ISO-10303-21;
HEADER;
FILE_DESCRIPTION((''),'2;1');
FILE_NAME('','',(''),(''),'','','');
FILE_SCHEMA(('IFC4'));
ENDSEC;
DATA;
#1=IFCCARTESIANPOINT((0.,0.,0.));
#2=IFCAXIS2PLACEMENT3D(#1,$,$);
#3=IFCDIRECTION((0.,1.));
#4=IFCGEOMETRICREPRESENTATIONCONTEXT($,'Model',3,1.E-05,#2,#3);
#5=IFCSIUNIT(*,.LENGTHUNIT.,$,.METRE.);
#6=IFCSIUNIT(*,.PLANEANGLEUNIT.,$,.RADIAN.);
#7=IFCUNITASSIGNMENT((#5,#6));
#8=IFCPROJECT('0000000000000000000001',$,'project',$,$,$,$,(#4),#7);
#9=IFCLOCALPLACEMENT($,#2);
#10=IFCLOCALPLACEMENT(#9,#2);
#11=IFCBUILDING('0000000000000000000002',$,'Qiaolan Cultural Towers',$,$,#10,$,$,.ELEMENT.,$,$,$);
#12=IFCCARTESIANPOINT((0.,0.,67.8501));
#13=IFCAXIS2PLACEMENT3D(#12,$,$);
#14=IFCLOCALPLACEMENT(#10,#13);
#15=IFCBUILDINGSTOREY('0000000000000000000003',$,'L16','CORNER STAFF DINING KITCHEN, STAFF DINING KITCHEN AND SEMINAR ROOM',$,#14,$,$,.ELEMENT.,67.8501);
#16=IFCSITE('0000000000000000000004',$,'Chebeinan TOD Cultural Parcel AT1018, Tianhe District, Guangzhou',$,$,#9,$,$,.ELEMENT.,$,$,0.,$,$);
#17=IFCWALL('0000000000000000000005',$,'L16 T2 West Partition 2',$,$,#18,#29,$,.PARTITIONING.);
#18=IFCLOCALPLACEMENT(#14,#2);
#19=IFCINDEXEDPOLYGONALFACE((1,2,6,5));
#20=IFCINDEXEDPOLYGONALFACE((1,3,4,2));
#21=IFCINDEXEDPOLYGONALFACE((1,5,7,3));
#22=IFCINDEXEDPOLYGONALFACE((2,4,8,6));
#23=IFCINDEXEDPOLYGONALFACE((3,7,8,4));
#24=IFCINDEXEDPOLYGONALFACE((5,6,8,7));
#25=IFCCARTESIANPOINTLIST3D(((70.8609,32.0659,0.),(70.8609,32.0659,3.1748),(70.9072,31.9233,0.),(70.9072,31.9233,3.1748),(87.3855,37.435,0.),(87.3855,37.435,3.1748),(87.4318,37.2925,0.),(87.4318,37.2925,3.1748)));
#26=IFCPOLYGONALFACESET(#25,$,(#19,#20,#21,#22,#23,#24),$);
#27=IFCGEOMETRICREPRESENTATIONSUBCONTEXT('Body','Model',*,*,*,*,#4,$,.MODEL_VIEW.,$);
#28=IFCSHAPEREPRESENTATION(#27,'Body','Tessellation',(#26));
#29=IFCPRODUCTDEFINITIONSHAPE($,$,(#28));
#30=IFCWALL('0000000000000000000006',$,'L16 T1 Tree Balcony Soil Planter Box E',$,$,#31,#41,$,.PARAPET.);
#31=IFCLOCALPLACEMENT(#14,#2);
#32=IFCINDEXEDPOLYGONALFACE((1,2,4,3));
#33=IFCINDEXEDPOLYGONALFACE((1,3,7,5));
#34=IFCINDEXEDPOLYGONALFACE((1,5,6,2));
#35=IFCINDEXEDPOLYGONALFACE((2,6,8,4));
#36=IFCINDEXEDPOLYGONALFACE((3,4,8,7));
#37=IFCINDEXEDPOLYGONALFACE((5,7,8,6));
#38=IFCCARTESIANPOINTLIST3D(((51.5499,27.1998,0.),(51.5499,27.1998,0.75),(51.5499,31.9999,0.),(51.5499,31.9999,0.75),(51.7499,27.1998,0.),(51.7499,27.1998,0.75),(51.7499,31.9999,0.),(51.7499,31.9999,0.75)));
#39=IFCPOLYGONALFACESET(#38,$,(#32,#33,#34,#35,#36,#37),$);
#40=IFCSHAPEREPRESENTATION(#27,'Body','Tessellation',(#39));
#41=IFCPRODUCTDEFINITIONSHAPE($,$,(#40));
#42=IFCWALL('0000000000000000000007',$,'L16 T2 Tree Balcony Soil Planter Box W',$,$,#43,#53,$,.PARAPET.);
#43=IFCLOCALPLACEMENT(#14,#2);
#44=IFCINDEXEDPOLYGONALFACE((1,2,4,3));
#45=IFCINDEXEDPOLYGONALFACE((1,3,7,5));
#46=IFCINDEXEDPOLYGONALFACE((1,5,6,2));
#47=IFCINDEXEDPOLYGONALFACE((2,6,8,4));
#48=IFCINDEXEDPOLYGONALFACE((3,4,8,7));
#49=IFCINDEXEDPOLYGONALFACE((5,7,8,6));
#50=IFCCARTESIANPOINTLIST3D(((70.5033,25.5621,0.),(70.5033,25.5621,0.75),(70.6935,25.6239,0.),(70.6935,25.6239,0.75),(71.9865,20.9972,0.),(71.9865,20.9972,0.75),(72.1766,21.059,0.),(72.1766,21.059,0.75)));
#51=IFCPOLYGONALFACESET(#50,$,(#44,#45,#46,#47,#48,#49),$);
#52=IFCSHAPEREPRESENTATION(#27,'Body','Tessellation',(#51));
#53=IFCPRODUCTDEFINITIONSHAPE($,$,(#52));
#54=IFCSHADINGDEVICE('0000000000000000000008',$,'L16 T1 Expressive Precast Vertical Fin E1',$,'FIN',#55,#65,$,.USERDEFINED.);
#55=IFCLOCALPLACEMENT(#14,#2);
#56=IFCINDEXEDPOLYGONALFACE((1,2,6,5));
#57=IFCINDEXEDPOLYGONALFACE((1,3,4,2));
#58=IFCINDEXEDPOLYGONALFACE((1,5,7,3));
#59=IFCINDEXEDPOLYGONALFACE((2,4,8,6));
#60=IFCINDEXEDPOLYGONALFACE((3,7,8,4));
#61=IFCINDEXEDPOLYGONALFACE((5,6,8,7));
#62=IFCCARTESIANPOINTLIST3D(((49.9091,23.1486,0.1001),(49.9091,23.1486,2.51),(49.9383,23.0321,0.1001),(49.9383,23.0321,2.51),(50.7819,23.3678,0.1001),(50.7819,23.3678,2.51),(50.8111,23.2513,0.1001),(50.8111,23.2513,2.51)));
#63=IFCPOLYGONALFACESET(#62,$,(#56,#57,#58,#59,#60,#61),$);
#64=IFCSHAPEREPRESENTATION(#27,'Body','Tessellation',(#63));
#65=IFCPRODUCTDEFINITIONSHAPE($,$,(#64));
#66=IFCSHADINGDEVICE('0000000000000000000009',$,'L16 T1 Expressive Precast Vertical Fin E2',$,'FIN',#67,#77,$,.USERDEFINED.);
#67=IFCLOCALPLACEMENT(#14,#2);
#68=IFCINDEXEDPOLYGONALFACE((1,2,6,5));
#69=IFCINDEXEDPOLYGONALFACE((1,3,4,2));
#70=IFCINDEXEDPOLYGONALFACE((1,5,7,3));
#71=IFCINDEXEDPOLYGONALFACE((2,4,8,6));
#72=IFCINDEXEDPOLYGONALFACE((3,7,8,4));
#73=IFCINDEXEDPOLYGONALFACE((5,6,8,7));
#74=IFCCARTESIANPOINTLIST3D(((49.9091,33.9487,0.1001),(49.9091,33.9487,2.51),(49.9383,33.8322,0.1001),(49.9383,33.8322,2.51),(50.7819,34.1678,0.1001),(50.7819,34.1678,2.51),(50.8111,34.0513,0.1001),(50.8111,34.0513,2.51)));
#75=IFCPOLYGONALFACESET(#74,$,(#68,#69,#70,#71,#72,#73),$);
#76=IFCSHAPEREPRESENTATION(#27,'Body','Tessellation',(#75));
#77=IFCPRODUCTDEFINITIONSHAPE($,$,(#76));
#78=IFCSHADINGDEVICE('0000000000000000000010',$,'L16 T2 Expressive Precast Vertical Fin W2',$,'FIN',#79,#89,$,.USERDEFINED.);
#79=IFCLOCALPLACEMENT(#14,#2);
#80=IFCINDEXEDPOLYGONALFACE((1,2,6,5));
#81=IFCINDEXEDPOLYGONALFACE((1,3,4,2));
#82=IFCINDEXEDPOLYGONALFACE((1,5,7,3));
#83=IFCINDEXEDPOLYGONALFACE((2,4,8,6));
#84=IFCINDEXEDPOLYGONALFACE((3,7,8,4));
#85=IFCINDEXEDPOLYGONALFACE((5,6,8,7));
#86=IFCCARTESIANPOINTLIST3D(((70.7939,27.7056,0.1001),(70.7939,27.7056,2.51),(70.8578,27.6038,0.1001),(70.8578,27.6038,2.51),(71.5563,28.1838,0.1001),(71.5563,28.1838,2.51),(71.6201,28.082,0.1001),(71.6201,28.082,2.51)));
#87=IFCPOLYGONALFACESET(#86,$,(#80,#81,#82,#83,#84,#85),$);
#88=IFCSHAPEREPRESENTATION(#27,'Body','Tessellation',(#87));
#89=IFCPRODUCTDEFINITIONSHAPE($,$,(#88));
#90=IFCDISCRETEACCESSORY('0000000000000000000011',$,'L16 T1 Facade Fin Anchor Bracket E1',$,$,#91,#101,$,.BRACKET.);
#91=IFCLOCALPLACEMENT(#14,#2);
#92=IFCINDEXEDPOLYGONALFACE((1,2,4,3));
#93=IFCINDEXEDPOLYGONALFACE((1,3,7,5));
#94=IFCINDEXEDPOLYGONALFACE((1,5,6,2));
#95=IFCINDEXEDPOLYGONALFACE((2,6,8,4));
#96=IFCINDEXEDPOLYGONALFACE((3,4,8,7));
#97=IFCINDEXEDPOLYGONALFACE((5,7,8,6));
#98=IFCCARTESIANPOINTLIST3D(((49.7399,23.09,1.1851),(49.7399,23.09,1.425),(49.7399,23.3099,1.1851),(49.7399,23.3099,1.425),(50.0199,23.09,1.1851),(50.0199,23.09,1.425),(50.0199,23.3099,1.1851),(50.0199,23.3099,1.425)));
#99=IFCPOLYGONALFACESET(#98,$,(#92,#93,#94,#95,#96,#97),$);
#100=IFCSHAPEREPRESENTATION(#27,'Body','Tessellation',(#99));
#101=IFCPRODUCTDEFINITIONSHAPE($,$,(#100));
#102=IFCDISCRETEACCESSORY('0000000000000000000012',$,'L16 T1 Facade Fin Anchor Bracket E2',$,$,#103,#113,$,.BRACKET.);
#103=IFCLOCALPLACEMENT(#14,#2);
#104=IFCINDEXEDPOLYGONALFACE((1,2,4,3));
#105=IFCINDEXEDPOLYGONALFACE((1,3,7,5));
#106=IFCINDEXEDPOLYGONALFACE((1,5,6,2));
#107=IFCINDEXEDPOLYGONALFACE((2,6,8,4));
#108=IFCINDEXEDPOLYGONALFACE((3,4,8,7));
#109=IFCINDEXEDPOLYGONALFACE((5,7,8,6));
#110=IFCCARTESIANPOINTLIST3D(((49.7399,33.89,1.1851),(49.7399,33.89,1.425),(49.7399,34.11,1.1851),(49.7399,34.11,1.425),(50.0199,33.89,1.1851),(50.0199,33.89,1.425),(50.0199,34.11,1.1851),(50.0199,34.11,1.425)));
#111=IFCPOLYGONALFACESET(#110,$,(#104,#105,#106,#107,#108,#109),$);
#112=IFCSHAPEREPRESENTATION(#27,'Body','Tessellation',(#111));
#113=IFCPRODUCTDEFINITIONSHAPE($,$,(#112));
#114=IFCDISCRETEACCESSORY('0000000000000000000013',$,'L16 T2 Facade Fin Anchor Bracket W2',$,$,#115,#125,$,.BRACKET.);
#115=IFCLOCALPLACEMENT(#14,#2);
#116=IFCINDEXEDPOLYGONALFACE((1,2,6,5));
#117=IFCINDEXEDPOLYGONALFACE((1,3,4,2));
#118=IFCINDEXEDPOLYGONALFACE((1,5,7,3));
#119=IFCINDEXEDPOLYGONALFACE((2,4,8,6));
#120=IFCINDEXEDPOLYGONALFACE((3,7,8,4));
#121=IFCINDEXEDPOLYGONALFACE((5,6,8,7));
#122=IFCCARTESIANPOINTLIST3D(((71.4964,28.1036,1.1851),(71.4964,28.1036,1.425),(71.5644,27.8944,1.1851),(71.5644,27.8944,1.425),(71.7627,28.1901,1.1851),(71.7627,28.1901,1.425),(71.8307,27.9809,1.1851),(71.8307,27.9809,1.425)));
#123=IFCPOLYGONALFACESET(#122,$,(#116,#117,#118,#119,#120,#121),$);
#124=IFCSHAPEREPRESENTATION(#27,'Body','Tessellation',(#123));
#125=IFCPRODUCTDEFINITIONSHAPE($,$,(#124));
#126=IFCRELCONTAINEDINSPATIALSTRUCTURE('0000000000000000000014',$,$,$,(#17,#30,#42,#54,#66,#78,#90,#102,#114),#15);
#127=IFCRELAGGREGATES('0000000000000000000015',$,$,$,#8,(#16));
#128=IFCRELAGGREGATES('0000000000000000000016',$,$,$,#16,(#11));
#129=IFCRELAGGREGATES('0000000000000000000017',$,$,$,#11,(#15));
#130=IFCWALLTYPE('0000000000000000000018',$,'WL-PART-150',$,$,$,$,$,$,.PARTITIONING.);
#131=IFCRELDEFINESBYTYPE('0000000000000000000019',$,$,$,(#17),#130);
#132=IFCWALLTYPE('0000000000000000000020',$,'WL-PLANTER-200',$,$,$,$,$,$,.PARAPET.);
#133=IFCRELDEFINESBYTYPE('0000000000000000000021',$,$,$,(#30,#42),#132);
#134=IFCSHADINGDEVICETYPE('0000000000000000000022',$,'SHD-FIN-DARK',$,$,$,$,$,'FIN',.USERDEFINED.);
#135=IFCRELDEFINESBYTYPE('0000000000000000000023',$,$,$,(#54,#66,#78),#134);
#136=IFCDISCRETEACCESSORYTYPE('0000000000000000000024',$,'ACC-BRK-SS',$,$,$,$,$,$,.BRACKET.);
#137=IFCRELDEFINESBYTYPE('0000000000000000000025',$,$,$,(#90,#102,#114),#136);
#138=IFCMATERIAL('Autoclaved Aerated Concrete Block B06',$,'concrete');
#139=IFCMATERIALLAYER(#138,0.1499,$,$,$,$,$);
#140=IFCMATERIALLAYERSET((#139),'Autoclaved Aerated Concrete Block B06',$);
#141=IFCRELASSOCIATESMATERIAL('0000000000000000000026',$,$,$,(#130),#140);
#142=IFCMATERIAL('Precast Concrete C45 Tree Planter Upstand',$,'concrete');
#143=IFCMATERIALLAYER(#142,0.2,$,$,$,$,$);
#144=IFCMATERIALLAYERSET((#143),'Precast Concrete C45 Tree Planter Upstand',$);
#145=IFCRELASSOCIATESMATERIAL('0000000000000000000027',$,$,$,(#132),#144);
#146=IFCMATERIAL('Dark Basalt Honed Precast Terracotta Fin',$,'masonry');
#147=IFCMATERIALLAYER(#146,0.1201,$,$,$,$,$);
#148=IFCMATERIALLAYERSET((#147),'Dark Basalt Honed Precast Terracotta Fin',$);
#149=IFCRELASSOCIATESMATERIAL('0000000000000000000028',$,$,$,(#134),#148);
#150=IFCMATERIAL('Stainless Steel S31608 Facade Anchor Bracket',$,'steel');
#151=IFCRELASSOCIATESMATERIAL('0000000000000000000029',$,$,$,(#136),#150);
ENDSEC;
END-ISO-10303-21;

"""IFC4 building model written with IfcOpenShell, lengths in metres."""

from ifc_helpers import new_model, si_unit, direction, frame, frame_2d, origin, origin_2d, place, context, subcontext, project, spatial, rectangle, extrude, material, layer, layer_set, type_object, element, save


model = new_model("IFC4")

# Units and contexts
model_context = context("Model", 3, precision=1e-05, world=origin(), true_north=direction((0.0, 1.0)))
body_context = subcontext(model_context, "Body", "Model", "MODEL_VIEW")
ifc_project = project(units=[si_unit("LENGTHUNIT", "METRE"), si_unit("PLANEANGLEUNIT", "RADIAN")], contexts=[model_context])

# Site, building, storey
site_placement = place(None, origin())
site = spatial("IfcSite", under=ifc_project, at=site_placement, Name="Chebeinan TOD Cultural Parcel AT1018, Tianhe District, Guangzhou", CompositionType="ELEMENT", RefElevation=0.0)
building_placement = place(site_placement, origin())
building = spatial("IfcBuilding", under=site, at=building_placement, Name="Qiaolan Cultural Towers", CompositionType="ELEMENT")
storey_placement = place(building_placement, frame((0.0, 0.0, 67.8501)))
storey = spatial("IfcBuildingStorey", under=building, at=storey_placement, Name="L16", Description="CORNER STAFF DINING KITCHEN, STAFF DINING KITCHEN AND SEMINAR ROOM", CompositionType="ELEMENT", Elevation=67.8501)

# Walls
ifc_material_1 = material(Name="Autoclaved Aerated Concrete Block B06", Category="concrete")
ifc_layer_1 = layer(ifc_material_1, 0.1499)
ifc_layer_set_1 = layer_set([ifc_layer_1], Name="Autoclaved Aerated Concrete Block B06")
wall_type_1 = type_object("IfcWallType", Name="WL-PART-150", PredefinedType="PARTITIONING", material=ifc_layer_set_1)
for number, where, z_axis, x_axis, name in (
    (1, (70.884, 31.9946, 0.0), (0.0, 0.0, 1.0), (0.951057, 0.309015, 0.0), "L16 T2 West Partition 2"),
):
    element("IfcWall", number, at=place(storey_placement, frame(where, z_axis=z_axis, x_axis=x_axis)), inside=storey, type_object=wall_type_1, Name=name, PredefinedType="PARTITIONING", context=body_context, shape_type="SweptSolid", body=[
        extrude(rectangle(XDim=17.375, YDim=0.1499, at=frame_2d((8.6875, 0.0))), origin(), (0.0, 0.0, 1.0), 3.1748),
    ])
ifc_material_2 = material(Name="Precast Concrete C45 Tree Planter Upstand", Category="concrete")
ifc_layer_2 = layer(ifc_material_2, 0.2)
ifc_layer_set_2 = layer_set([ifc_layer_2], Name="Precast Concrete C45 Tree Planter Upstand")
wall_type_2 = type_object("IfcWallType", Name="WL-PLANTER-200", PredefinedType="PARAPET", material=ifc_layer_set_2)
wall_1_placement = place(storey_placement, frame((51.6499, 27.2, 0.0), z_axis=(0.0, 0.0, 1.0), x_axis=(0.0, 1.0, 0.0)))
element("IfcWall", 2, at=wall_1_placement, inside=storey, type_object=wall_type_2, Name="L16 T1 Tree Balcony Soil Planter Box E", PredefinedType="PARAPET", context=body_context, shape_type="SweptSolid", body=[
    extrude(rectangle(XDim=4.8, YDim=0.2, at=frame_2d((2.3999, 0.0))), origin(), (0.0, 0.0, 1.0), 0.75),
])
wall_2_placement = place(storey_placement, frame((72.0815, 21.0281, 0.0), z_axis=(0.0, 0.0, 1.0), x_axis=(-0.309001, 0.951062, 0.0)))
element("IfcWall", 3, at=wall_2_placement, inside=storey, type_object=wall_type_2, Name="L16 T2 Tree Balcony Soil Planter Box W", PredefinedType="PARAPET", context=body_context, shape_type="SweptSolid", body=[
    extrude(rectangle(XDim=4.7998, YDim=0.2, at=frame_2d((2.3999, 0.0))), origin(), (0.0, 0.0, 1.0), 0.75),
])

# Shading devices
ifc_material_3 = material(Name="Dark Basalt Honed Precast Terracotta Fin", Category="masonry")
ifc_layer_3 = layer(ifc_material_3, 0.1201)
ifc_layer_set_3 = layer_set([ifc_layer_3], Name="Dark Basalt Honed Precast Terracotta Fin")
shading_device_type = type_object("IfcShadingDeviceType", Name="SHD-FIN-DARK", ElementType="FIN", PredefinedType="USERDEFINED", material=ifc_layer_set_3)
for number, where, z_axis, x_axis, name in (
    (4, (50.3601, 23.2, 0.1001), (0.0, 0.0, 1.0), (0.969892, 0.243537, 0.0), "L16 T1 Expressive Precast Vertical Fin E1"),
    (5, (50.3601, 34.0, 0.1001), (0.0, 0.0, 1.0), (0.969892, 0.243537, 0.0), "L16 T1 Expressive Precast Vertical Fin E2"),
    (6, (71.207, 27.8938, 0.1001), (0.0, 0.0, 1.0), (0.847165, 0.53133, 0.0), "L16 T2 Expressive Precast Vertical Fin W2"),
):
    element("IfcShadingDevice", number, at=place(storey_placement, frame(where, z_axis=z_axis, x_axis=x_axis)), inside=storey, type_object=shading_device_type, Name=name, ObjectType="FIN", PredefinedType="USERDEFINED", context=body_context, shape_type="SweptSolid", body=[
        extrude(rectangle(XDim=0.8999, YDim=0.1201, at=origin_2d()), origin(), (0.0, 0.0, 1.0), 2.4099),
    ])

# Discrete accessories
ifc_material_4 = material(Name="Stainless Steel S31608 Facade Anchor Bracket", Category="steel")
discrete_accessory_type = type_object("IfcDiscreteAccessoryType", Name="ACC-BRK-SS", PredefinedType="BRACKET", material=ifc_material_4)
for number, where, z_axis, x_axis, name in (
    (7, (49.8799, 23.2, 1.1851), (0.0, 0.0, 1.0), (1.0, 0.0, 0.0), "L16 T1 Facade Fin Anchor Bracket E1"),
    (8, (49.8799, 34.0, 1.1851), (0.0, 0.0, 1.0), (1.0, 0.0, 0.0), "L16 T1 Facade Fin Anchor Bracket E2"),
    (9, (71.6636, 28.0422, 1.1851), (0.0, 0.0, 1.0), (0.951057, 0.309017, 0.0), "L16 T2 Facade Fin Anchor Bracket W2"),
):
    element("IfcDiscreteAccessory", number, at=place(storey_placement, frame(where, z_axis=z_axis, x_axis=x_axis)), inside=storey, type_object=discrete_accessory_type, Name=name, PredefinedType="BRACKET", context=body_context, shape_type="SweptSolid", body=[
        extrude(rectangle(XDim=0.28, YDim=0.22, at=origin_2d()), origin(), (0.0, 0.0, 1.0), 0.24),
    ])

save(model, "model.ifc")
